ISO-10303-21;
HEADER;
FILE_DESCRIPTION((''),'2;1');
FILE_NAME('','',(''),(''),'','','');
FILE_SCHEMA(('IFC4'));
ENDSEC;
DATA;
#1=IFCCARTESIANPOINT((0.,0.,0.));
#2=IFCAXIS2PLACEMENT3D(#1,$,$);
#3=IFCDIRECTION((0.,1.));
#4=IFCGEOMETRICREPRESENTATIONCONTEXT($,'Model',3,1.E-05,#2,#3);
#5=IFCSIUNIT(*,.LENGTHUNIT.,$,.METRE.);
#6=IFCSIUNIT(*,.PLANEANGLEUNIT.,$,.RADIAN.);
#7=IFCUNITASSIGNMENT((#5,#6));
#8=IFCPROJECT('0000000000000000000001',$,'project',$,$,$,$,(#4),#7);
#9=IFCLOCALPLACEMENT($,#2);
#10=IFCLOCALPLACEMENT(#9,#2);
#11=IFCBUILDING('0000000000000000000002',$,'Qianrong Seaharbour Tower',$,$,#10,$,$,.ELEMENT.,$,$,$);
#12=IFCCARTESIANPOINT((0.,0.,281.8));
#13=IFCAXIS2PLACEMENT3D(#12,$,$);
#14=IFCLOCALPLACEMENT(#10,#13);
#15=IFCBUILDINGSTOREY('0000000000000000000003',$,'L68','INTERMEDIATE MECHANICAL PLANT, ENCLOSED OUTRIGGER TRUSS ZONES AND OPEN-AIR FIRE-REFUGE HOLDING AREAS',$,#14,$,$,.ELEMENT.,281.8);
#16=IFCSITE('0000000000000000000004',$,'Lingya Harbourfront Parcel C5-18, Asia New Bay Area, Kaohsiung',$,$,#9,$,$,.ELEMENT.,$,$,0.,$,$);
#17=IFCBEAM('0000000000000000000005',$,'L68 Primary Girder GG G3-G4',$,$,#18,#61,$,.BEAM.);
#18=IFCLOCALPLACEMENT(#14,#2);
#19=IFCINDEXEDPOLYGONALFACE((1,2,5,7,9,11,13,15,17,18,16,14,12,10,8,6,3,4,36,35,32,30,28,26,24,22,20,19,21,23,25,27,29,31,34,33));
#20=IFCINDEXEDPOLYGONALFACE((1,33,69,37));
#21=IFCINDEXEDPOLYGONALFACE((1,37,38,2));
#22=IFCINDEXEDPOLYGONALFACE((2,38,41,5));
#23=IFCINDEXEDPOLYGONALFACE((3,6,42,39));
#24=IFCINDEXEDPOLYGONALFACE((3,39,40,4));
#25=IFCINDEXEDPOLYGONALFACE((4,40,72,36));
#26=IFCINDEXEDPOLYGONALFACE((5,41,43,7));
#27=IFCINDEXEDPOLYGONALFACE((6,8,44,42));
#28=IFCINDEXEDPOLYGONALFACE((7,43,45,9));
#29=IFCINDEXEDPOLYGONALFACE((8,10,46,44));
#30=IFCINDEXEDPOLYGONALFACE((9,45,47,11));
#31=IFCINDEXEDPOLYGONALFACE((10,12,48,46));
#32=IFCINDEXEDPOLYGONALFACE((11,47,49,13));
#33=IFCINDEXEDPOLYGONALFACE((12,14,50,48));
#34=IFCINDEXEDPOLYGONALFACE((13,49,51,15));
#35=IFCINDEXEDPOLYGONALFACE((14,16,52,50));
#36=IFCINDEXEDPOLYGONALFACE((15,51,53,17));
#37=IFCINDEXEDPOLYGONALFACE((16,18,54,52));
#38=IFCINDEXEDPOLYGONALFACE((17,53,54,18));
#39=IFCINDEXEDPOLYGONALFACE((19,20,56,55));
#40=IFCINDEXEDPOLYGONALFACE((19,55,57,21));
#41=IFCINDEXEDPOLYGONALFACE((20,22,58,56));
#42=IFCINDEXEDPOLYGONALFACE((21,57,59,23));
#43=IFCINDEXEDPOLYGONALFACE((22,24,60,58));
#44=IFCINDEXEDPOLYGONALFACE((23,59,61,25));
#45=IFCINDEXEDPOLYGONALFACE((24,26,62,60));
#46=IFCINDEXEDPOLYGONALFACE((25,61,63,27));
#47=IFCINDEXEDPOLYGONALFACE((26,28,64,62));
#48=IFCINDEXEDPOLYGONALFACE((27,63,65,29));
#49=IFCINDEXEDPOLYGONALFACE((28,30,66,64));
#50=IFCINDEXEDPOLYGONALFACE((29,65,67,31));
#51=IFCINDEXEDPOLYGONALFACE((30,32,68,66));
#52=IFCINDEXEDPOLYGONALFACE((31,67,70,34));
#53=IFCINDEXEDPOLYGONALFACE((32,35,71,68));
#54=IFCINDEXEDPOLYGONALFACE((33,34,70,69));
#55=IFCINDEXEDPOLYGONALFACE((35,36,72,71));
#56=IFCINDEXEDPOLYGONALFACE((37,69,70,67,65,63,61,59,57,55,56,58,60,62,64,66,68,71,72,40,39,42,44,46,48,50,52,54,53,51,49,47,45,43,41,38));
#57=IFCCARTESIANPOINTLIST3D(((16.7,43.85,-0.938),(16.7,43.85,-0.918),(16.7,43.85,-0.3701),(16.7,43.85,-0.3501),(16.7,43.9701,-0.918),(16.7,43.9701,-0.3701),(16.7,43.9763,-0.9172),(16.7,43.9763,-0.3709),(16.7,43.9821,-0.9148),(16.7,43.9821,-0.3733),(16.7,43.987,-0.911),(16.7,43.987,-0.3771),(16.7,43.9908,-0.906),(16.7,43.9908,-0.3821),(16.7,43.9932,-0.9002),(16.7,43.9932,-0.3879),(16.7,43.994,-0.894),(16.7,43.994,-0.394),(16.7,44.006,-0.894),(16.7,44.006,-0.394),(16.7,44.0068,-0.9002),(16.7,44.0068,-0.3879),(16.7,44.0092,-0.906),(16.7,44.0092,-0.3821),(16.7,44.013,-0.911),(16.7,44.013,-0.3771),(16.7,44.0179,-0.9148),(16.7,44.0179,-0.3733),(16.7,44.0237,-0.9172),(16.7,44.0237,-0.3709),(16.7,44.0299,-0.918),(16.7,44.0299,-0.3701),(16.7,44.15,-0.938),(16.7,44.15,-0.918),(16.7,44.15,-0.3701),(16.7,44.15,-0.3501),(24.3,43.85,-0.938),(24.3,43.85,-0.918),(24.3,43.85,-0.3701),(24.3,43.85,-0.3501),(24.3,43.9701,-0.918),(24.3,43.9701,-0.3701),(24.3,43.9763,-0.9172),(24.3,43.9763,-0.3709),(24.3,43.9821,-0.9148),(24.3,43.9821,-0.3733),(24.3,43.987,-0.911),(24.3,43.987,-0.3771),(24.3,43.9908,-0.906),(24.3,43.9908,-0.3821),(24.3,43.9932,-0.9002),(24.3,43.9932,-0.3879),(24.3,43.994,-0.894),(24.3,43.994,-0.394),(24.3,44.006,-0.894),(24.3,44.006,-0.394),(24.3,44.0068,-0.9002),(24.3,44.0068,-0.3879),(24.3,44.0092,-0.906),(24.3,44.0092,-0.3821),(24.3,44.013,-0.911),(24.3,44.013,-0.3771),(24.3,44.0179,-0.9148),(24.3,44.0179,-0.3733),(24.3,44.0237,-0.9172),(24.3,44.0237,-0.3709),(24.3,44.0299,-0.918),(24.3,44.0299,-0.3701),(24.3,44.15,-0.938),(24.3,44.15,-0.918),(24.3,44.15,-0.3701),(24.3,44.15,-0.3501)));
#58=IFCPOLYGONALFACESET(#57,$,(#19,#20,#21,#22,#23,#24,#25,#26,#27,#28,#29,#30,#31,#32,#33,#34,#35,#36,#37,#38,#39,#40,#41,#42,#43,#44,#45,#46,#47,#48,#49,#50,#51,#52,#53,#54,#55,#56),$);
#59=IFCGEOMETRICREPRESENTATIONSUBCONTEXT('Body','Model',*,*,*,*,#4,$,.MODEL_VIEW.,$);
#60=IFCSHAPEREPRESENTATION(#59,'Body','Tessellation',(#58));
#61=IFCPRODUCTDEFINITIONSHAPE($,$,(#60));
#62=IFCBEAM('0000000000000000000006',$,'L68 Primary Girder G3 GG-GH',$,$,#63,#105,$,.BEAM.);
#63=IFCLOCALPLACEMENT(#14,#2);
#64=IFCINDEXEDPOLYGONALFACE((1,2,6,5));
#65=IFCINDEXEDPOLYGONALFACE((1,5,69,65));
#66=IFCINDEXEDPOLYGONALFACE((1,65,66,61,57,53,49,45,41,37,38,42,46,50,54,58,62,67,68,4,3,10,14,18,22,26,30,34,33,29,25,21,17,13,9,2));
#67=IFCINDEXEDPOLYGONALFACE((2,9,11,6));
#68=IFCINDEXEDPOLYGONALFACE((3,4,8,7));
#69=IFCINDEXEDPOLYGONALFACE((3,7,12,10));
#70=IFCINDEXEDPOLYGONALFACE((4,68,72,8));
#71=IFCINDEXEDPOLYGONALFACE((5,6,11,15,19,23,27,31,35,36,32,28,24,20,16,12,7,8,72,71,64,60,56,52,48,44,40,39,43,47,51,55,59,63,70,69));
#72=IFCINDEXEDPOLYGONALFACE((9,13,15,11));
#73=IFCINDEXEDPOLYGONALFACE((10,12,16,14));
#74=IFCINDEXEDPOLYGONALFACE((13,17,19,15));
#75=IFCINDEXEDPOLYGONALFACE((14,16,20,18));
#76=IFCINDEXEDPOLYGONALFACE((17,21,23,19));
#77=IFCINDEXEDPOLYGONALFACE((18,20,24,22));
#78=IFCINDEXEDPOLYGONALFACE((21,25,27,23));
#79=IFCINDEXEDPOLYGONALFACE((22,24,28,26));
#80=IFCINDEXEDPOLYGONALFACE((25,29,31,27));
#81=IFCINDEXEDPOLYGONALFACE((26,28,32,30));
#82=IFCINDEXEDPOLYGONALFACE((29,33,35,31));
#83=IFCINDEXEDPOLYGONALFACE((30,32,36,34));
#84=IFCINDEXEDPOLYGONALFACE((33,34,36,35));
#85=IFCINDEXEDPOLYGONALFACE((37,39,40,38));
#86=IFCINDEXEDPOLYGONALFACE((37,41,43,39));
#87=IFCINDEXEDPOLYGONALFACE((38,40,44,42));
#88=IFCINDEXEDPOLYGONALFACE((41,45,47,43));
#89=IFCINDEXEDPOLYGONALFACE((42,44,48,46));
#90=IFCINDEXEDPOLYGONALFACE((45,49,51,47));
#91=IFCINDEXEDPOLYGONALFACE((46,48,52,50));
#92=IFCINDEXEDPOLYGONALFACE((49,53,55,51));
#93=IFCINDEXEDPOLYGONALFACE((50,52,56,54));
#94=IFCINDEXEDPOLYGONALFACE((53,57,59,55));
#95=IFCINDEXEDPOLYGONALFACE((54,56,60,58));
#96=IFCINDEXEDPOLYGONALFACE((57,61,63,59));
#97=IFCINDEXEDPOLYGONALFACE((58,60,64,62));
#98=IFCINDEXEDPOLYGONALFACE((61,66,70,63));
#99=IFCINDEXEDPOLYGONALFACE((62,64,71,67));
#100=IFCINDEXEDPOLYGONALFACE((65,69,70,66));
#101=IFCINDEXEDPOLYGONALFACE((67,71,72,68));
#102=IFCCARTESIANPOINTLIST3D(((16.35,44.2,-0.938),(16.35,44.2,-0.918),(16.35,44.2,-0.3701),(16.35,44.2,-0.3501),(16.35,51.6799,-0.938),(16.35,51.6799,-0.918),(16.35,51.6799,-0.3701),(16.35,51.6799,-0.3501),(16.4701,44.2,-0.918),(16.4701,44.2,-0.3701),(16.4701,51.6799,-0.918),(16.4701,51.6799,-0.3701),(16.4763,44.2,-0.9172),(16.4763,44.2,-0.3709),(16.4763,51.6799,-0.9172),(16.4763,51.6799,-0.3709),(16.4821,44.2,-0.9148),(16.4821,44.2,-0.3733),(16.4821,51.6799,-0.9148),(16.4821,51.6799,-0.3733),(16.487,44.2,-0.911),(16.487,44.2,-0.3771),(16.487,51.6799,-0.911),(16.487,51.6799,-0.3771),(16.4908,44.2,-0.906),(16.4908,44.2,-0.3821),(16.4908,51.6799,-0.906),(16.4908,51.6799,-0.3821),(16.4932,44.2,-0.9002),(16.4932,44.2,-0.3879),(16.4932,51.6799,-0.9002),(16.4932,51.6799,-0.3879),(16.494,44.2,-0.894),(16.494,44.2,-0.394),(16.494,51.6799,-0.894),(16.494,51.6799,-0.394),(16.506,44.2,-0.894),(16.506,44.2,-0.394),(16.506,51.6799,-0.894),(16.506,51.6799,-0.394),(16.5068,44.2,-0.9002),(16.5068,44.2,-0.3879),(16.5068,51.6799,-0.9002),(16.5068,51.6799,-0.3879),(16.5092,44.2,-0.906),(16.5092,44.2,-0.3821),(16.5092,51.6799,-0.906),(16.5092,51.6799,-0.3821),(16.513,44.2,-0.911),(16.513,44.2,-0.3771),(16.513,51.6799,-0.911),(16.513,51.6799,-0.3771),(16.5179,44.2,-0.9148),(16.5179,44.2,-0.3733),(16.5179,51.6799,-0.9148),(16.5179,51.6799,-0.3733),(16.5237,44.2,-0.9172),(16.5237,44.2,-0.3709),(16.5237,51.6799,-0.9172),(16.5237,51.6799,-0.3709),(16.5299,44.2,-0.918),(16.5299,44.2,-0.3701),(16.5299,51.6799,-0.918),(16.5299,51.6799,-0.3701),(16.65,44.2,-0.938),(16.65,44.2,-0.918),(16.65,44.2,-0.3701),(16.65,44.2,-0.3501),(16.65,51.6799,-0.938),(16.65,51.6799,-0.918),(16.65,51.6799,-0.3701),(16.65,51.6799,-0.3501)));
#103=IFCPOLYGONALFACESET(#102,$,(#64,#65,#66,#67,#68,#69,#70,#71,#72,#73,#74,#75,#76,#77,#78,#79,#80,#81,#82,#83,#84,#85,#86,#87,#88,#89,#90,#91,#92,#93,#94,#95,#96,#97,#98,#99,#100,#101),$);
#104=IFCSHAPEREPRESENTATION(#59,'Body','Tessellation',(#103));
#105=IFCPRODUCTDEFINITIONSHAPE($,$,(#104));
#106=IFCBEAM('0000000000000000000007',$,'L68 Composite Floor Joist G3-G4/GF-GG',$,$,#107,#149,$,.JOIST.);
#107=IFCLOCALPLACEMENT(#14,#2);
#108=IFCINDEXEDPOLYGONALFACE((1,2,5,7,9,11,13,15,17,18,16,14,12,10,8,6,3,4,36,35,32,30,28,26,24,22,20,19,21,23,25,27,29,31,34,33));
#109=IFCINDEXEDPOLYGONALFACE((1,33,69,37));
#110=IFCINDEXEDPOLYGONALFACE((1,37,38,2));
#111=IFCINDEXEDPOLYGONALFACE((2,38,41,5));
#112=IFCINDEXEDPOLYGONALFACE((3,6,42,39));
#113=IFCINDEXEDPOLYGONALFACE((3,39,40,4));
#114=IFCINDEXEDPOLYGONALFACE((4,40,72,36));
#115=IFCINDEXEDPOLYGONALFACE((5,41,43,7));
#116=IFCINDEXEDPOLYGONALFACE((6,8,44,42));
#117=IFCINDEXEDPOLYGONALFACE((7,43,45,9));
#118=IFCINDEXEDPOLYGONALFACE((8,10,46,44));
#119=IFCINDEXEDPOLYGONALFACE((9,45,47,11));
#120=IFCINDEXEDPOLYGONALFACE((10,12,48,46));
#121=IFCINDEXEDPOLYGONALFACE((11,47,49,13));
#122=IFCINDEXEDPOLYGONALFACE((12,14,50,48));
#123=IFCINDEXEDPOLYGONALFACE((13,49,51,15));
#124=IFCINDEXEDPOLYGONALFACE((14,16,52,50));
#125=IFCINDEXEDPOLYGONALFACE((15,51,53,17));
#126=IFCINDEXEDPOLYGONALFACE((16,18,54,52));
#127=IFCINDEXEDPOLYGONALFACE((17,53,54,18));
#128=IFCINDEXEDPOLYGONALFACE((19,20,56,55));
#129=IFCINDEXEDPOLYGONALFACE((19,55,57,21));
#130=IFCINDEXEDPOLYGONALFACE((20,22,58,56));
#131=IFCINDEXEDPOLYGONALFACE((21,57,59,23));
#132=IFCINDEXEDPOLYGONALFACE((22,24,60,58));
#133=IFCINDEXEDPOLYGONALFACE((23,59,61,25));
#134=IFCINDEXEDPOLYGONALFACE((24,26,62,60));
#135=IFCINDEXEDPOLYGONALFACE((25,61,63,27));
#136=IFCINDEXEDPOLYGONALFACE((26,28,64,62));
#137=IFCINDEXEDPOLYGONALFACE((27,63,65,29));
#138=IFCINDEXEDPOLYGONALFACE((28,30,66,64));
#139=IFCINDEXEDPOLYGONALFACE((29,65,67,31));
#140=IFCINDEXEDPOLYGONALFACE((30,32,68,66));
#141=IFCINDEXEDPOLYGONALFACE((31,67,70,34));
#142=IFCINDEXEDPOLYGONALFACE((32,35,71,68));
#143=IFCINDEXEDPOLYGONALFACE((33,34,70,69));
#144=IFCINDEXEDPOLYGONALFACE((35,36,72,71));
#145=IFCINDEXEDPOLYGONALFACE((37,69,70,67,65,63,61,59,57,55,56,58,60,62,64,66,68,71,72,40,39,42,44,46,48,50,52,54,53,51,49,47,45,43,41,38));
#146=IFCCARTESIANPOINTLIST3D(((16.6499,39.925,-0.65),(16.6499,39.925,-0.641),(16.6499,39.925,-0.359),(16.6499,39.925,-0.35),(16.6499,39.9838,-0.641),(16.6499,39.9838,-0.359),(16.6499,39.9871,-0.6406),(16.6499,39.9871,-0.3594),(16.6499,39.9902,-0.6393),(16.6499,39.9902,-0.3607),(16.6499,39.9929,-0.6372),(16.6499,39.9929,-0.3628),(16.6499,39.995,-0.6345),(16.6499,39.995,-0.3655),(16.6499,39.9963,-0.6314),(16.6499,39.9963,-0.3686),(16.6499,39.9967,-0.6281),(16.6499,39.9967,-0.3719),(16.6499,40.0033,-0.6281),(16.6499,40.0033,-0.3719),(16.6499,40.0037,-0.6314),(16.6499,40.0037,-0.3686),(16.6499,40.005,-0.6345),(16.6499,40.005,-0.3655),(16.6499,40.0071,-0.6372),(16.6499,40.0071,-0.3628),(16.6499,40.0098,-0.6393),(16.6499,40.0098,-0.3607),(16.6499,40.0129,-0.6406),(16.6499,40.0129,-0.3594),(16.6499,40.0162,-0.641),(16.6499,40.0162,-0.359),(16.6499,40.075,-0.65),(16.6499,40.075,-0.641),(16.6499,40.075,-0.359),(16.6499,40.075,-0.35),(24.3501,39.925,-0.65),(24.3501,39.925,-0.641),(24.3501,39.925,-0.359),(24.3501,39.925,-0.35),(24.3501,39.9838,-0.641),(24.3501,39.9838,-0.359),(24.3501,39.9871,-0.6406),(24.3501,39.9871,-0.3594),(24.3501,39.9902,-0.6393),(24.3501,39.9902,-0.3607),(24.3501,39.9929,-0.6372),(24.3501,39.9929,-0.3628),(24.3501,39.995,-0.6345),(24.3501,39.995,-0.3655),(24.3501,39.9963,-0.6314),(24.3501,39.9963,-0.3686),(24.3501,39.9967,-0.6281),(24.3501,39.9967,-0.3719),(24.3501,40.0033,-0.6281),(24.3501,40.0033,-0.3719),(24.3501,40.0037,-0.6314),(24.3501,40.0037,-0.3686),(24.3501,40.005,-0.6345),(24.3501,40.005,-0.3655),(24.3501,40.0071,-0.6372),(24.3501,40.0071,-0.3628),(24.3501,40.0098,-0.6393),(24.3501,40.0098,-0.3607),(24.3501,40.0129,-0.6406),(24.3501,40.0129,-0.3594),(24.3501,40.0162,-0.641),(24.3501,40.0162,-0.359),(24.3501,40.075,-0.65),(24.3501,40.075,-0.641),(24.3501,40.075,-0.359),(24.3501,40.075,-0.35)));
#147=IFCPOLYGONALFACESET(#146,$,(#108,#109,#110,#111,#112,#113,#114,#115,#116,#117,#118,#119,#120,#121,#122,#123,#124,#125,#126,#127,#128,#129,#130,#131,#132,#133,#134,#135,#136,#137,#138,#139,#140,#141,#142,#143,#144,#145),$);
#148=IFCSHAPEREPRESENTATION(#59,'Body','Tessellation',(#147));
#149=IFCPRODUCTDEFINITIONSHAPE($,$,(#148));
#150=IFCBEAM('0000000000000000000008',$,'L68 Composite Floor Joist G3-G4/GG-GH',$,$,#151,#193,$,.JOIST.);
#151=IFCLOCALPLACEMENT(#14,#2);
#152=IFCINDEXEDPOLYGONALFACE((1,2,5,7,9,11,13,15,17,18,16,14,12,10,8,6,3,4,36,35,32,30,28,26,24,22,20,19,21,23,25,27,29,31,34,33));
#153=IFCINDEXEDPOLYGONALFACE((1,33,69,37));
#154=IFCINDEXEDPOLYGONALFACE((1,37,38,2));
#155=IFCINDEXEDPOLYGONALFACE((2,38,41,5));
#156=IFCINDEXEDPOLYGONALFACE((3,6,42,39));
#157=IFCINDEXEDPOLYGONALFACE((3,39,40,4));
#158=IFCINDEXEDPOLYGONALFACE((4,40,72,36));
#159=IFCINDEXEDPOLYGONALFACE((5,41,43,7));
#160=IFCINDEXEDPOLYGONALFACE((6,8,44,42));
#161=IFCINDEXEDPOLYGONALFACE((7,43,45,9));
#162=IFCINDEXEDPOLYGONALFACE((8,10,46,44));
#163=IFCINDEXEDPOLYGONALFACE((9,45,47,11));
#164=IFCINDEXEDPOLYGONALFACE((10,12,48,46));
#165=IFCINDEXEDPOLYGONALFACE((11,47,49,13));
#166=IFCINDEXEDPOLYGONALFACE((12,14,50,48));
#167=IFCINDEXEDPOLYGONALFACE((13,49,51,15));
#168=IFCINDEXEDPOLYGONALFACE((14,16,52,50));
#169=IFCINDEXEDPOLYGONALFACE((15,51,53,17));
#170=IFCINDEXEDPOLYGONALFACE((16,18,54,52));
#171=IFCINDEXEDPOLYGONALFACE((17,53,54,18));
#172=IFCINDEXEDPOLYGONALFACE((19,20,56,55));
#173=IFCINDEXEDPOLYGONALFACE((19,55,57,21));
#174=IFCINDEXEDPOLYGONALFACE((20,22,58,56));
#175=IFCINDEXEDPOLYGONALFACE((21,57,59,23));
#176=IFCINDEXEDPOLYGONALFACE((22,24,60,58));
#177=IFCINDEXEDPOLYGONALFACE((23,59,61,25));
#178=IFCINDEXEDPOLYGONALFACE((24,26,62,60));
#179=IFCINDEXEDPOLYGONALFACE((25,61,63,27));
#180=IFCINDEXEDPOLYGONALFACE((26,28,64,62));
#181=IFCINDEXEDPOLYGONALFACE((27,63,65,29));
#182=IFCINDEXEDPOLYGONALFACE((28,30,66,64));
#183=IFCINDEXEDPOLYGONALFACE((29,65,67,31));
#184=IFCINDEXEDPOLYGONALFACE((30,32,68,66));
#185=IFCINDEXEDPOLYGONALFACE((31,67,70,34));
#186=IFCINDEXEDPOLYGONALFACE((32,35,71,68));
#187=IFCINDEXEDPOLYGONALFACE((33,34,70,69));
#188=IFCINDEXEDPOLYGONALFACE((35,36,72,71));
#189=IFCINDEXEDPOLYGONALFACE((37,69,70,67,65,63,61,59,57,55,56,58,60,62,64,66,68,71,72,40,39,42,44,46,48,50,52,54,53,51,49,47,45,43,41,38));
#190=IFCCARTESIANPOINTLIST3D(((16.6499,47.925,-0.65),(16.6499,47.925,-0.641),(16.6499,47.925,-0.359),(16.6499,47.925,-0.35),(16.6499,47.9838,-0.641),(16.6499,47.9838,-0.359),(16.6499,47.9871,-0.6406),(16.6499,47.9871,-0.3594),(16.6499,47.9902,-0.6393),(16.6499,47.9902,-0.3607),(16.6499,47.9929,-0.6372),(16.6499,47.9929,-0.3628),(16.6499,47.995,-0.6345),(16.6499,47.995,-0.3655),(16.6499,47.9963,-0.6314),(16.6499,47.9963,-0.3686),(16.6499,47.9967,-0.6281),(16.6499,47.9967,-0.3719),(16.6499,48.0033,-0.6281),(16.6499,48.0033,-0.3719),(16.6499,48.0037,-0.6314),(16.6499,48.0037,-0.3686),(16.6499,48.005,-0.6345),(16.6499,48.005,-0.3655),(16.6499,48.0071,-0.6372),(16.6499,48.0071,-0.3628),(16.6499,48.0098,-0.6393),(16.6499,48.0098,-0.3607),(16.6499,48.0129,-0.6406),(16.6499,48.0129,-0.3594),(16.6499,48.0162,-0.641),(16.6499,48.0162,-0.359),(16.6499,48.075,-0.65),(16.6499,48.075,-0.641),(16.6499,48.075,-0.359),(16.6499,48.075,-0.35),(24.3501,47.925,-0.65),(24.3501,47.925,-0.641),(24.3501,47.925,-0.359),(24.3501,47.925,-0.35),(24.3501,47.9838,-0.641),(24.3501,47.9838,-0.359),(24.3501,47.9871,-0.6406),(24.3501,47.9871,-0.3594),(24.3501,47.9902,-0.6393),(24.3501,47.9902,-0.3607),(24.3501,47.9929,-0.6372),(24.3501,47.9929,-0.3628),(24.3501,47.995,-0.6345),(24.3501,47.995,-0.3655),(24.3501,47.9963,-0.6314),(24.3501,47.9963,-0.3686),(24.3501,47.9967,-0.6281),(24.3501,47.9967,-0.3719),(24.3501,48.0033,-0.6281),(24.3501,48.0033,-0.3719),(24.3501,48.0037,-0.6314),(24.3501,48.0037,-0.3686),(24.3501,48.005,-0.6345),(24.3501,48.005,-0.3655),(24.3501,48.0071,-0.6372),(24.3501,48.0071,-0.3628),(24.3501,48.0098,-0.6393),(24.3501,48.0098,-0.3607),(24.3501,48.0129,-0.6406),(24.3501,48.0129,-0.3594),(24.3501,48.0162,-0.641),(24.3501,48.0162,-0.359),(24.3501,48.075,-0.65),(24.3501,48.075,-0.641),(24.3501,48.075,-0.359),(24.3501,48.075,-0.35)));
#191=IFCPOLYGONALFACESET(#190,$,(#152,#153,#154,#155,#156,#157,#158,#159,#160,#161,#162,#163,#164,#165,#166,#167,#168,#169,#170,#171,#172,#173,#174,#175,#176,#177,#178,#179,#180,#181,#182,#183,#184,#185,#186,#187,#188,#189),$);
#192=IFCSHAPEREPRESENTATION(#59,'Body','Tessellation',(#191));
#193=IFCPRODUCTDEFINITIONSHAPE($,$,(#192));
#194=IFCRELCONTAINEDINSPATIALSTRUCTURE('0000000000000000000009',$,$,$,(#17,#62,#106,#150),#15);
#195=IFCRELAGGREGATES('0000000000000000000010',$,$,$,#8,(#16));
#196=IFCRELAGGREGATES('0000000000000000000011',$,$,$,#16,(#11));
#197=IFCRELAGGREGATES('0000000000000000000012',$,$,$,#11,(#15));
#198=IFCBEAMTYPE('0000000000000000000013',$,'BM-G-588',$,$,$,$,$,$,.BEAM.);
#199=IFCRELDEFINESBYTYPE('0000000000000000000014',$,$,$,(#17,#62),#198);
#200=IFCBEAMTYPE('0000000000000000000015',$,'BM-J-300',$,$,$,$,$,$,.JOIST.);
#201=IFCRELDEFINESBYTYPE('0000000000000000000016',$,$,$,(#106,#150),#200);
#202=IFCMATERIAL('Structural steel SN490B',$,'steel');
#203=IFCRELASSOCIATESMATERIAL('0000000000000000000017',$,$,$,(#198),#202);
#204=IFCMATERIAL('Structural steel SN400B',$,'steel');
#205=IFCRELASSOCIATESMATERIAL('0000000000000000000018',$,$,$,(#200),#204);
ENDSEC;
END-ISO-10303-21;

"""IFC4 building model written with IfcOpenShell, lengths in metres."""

from ifc_helpers import new_model, si_unit, direction, frame, origin, origin_2d, place, context, subcontext, project, spatial, i_section, extrude, material, material_profile, profile_set, type_object, element, save


model = new_model("IFC4")

# Units and contexts
model_context = context("Model", 3, precision=1e-05, world=origin(), true_north=direction((0.0, 1.0)))
body_context = subcontext(model_context, "Body", "Model", "MODEL_VIEW")
ifc_project = project(units=[si_unit("LENGTHUNIT", "METRE"), si_unit("PLANEANGLEUNIT", "RADIAN")], contexts=[model_context])

# Site, building, storey
site_placement = place(None, origin())
site = spatial("IfcSite", under=ifc_project, at=site_placement, Name="Lingya Harbourfront Parcel C5-18, Asia New Bay Area, Kaohsiung", CompositionType="ELEMENT", RefElevation=0.0)
building_placement = place(site_placement, origin())
building = spatial("IfcBuilding", under=site, at=building_placement, Name="Qianrong Seaharbour Tower", CompositionType="ELEMENT")
storey_placement = place(building_placement, frame((0.0, 0.0, 281.8)))
storey = spatial("IfcBuildingStorey", under=building, at=storey_placement, Name="L68", Description="INTERMEDIATE MECHANICAL PLANT, ENCLOSED OUTRIGGER TRUSS ZONES AND OPEN-AIR FIRE-REFUGE HOLDING AREAS", CompositionType="ELEMENT", Elevation=281.8)

# Shared definitions
ifc_material_1 = material(Name="Structural steel SN490B", Category="steel")

# Beams
ifc_material_profile_1 = material_profile(ifc_material_1, i_section(OverallWidth=0.3, OverallDepth=0.5879, WebThickness=0.012, FlangeThickness=0.02, FilletRadius=0.0239, at=origin_2d()), Name="H588x300x12x20")
ifc_profile_set_1 = profile_set([ifc_material_profile_1], Name="Structural steel SN490B")
beam_type_1 = type_object("IfcBeamType", Name="BM-G-588", PredefinedType="BEAM", material=ifc_profile_set_1)
beam_1_placement = place(storey_placement, frame((16.7, 44.0, -0.644), z_axis=(1.0, 0.0, 0.0), x_axis=(0.0, 1.0, 0.0)))
element("IfcBeam", 1, at=beam_1_placement, inside=storey, type_object=beam_type_1, Name="L68 Primary Girder GG G3-G4", PredefinedType="BEAM", context=body_context, shape_type="SweptSolid", body=[
    extrude(i_section(OverallWidth=0.3, OverallDepth=0.5879, WebThickness=0.012, FlangeThickness=0.02, FilletRadius=0.0239, at=origin_2d()), origin(), (0.0, 0.0, 1.0), 7.6001),
])
beam_2_placement = place(storey_placement, frame((16.5, 44.2, -0.644), z_axis=(0.0, 1.0, 0.0), x_axis=(-1.0, 0.0, 0.0)))
element("IfcBeam", 2, at=beam_2_placement, inside=storey, type_object=beam_type_1, Name="L68 Primary Girder G3 GG-GH", PredefinedType="BEAM", context=body_context, shape_type="SweptSolid", body=[
    extrude(i_section(OverallWidth=0.3, OverallDepth=0.5879, WebThickness=0.012, FlangeThickness=0.02, FilletRadius=0.0239, at=origin_2d()), origin(), (0.0, 0.0, 1.0), 7.48),
])
ifc_material_2 = material(Name="Structural steel SN400B", Category="steel")
ifc_material_profile_2 = material_profile(ifc_material_2, i_section(OverallWidth=0.1499, OverallDepth=0.3, WebThickness=0.0066, FlangeThickness=0.009, FilletRadius=0.0129, at=origin_2d()), Name="H300x150x6.5x9")
ifc_profile_set_2 = profile_set([ifc_material_profile_2], Name="Structural steel SN400B")
beam_type_2 = type_object("IfcBeamType", Name="BM-J-300", PredefinedType="JOIST", material=ifc_profile_set_2)
for number, where, z_axis, x_axis, name in (
    (3, (16.6499, 40.0, -0.5), (1.0, 0.0, 0.0), (0.0, 1.0, 0.0), "L68 Composite Floor Joist G3-G4/GF-GG"),
    (4, (16.6499, 48.0, -0.5), (1.0, 0.0, 0.0), (0.0, 1.0, 0.0), "L68 Composite Floor Joist G3-G4/GG-GH"),
):
    element("IfcBeam", number, at=place(storey_placement, frame(where, z_axis=z_axis, x_axis=x_axis)), inside=storey, type_object=beam_type_2, Name=name, PredefinedType="JOIST", context=body_context, shape_type="SweptSolid", body=[
        extrude(i_section(OverallWidth=0.1499, OverallDepth=0.3, WebThickness=0.0066, FlangeThickness=0.009, FilletRadius=0.0129, at=origin_2d()), origin(), (0.0, 0.0, 1.0), 7.7002),
    ])

save(model, "model.ifc")
